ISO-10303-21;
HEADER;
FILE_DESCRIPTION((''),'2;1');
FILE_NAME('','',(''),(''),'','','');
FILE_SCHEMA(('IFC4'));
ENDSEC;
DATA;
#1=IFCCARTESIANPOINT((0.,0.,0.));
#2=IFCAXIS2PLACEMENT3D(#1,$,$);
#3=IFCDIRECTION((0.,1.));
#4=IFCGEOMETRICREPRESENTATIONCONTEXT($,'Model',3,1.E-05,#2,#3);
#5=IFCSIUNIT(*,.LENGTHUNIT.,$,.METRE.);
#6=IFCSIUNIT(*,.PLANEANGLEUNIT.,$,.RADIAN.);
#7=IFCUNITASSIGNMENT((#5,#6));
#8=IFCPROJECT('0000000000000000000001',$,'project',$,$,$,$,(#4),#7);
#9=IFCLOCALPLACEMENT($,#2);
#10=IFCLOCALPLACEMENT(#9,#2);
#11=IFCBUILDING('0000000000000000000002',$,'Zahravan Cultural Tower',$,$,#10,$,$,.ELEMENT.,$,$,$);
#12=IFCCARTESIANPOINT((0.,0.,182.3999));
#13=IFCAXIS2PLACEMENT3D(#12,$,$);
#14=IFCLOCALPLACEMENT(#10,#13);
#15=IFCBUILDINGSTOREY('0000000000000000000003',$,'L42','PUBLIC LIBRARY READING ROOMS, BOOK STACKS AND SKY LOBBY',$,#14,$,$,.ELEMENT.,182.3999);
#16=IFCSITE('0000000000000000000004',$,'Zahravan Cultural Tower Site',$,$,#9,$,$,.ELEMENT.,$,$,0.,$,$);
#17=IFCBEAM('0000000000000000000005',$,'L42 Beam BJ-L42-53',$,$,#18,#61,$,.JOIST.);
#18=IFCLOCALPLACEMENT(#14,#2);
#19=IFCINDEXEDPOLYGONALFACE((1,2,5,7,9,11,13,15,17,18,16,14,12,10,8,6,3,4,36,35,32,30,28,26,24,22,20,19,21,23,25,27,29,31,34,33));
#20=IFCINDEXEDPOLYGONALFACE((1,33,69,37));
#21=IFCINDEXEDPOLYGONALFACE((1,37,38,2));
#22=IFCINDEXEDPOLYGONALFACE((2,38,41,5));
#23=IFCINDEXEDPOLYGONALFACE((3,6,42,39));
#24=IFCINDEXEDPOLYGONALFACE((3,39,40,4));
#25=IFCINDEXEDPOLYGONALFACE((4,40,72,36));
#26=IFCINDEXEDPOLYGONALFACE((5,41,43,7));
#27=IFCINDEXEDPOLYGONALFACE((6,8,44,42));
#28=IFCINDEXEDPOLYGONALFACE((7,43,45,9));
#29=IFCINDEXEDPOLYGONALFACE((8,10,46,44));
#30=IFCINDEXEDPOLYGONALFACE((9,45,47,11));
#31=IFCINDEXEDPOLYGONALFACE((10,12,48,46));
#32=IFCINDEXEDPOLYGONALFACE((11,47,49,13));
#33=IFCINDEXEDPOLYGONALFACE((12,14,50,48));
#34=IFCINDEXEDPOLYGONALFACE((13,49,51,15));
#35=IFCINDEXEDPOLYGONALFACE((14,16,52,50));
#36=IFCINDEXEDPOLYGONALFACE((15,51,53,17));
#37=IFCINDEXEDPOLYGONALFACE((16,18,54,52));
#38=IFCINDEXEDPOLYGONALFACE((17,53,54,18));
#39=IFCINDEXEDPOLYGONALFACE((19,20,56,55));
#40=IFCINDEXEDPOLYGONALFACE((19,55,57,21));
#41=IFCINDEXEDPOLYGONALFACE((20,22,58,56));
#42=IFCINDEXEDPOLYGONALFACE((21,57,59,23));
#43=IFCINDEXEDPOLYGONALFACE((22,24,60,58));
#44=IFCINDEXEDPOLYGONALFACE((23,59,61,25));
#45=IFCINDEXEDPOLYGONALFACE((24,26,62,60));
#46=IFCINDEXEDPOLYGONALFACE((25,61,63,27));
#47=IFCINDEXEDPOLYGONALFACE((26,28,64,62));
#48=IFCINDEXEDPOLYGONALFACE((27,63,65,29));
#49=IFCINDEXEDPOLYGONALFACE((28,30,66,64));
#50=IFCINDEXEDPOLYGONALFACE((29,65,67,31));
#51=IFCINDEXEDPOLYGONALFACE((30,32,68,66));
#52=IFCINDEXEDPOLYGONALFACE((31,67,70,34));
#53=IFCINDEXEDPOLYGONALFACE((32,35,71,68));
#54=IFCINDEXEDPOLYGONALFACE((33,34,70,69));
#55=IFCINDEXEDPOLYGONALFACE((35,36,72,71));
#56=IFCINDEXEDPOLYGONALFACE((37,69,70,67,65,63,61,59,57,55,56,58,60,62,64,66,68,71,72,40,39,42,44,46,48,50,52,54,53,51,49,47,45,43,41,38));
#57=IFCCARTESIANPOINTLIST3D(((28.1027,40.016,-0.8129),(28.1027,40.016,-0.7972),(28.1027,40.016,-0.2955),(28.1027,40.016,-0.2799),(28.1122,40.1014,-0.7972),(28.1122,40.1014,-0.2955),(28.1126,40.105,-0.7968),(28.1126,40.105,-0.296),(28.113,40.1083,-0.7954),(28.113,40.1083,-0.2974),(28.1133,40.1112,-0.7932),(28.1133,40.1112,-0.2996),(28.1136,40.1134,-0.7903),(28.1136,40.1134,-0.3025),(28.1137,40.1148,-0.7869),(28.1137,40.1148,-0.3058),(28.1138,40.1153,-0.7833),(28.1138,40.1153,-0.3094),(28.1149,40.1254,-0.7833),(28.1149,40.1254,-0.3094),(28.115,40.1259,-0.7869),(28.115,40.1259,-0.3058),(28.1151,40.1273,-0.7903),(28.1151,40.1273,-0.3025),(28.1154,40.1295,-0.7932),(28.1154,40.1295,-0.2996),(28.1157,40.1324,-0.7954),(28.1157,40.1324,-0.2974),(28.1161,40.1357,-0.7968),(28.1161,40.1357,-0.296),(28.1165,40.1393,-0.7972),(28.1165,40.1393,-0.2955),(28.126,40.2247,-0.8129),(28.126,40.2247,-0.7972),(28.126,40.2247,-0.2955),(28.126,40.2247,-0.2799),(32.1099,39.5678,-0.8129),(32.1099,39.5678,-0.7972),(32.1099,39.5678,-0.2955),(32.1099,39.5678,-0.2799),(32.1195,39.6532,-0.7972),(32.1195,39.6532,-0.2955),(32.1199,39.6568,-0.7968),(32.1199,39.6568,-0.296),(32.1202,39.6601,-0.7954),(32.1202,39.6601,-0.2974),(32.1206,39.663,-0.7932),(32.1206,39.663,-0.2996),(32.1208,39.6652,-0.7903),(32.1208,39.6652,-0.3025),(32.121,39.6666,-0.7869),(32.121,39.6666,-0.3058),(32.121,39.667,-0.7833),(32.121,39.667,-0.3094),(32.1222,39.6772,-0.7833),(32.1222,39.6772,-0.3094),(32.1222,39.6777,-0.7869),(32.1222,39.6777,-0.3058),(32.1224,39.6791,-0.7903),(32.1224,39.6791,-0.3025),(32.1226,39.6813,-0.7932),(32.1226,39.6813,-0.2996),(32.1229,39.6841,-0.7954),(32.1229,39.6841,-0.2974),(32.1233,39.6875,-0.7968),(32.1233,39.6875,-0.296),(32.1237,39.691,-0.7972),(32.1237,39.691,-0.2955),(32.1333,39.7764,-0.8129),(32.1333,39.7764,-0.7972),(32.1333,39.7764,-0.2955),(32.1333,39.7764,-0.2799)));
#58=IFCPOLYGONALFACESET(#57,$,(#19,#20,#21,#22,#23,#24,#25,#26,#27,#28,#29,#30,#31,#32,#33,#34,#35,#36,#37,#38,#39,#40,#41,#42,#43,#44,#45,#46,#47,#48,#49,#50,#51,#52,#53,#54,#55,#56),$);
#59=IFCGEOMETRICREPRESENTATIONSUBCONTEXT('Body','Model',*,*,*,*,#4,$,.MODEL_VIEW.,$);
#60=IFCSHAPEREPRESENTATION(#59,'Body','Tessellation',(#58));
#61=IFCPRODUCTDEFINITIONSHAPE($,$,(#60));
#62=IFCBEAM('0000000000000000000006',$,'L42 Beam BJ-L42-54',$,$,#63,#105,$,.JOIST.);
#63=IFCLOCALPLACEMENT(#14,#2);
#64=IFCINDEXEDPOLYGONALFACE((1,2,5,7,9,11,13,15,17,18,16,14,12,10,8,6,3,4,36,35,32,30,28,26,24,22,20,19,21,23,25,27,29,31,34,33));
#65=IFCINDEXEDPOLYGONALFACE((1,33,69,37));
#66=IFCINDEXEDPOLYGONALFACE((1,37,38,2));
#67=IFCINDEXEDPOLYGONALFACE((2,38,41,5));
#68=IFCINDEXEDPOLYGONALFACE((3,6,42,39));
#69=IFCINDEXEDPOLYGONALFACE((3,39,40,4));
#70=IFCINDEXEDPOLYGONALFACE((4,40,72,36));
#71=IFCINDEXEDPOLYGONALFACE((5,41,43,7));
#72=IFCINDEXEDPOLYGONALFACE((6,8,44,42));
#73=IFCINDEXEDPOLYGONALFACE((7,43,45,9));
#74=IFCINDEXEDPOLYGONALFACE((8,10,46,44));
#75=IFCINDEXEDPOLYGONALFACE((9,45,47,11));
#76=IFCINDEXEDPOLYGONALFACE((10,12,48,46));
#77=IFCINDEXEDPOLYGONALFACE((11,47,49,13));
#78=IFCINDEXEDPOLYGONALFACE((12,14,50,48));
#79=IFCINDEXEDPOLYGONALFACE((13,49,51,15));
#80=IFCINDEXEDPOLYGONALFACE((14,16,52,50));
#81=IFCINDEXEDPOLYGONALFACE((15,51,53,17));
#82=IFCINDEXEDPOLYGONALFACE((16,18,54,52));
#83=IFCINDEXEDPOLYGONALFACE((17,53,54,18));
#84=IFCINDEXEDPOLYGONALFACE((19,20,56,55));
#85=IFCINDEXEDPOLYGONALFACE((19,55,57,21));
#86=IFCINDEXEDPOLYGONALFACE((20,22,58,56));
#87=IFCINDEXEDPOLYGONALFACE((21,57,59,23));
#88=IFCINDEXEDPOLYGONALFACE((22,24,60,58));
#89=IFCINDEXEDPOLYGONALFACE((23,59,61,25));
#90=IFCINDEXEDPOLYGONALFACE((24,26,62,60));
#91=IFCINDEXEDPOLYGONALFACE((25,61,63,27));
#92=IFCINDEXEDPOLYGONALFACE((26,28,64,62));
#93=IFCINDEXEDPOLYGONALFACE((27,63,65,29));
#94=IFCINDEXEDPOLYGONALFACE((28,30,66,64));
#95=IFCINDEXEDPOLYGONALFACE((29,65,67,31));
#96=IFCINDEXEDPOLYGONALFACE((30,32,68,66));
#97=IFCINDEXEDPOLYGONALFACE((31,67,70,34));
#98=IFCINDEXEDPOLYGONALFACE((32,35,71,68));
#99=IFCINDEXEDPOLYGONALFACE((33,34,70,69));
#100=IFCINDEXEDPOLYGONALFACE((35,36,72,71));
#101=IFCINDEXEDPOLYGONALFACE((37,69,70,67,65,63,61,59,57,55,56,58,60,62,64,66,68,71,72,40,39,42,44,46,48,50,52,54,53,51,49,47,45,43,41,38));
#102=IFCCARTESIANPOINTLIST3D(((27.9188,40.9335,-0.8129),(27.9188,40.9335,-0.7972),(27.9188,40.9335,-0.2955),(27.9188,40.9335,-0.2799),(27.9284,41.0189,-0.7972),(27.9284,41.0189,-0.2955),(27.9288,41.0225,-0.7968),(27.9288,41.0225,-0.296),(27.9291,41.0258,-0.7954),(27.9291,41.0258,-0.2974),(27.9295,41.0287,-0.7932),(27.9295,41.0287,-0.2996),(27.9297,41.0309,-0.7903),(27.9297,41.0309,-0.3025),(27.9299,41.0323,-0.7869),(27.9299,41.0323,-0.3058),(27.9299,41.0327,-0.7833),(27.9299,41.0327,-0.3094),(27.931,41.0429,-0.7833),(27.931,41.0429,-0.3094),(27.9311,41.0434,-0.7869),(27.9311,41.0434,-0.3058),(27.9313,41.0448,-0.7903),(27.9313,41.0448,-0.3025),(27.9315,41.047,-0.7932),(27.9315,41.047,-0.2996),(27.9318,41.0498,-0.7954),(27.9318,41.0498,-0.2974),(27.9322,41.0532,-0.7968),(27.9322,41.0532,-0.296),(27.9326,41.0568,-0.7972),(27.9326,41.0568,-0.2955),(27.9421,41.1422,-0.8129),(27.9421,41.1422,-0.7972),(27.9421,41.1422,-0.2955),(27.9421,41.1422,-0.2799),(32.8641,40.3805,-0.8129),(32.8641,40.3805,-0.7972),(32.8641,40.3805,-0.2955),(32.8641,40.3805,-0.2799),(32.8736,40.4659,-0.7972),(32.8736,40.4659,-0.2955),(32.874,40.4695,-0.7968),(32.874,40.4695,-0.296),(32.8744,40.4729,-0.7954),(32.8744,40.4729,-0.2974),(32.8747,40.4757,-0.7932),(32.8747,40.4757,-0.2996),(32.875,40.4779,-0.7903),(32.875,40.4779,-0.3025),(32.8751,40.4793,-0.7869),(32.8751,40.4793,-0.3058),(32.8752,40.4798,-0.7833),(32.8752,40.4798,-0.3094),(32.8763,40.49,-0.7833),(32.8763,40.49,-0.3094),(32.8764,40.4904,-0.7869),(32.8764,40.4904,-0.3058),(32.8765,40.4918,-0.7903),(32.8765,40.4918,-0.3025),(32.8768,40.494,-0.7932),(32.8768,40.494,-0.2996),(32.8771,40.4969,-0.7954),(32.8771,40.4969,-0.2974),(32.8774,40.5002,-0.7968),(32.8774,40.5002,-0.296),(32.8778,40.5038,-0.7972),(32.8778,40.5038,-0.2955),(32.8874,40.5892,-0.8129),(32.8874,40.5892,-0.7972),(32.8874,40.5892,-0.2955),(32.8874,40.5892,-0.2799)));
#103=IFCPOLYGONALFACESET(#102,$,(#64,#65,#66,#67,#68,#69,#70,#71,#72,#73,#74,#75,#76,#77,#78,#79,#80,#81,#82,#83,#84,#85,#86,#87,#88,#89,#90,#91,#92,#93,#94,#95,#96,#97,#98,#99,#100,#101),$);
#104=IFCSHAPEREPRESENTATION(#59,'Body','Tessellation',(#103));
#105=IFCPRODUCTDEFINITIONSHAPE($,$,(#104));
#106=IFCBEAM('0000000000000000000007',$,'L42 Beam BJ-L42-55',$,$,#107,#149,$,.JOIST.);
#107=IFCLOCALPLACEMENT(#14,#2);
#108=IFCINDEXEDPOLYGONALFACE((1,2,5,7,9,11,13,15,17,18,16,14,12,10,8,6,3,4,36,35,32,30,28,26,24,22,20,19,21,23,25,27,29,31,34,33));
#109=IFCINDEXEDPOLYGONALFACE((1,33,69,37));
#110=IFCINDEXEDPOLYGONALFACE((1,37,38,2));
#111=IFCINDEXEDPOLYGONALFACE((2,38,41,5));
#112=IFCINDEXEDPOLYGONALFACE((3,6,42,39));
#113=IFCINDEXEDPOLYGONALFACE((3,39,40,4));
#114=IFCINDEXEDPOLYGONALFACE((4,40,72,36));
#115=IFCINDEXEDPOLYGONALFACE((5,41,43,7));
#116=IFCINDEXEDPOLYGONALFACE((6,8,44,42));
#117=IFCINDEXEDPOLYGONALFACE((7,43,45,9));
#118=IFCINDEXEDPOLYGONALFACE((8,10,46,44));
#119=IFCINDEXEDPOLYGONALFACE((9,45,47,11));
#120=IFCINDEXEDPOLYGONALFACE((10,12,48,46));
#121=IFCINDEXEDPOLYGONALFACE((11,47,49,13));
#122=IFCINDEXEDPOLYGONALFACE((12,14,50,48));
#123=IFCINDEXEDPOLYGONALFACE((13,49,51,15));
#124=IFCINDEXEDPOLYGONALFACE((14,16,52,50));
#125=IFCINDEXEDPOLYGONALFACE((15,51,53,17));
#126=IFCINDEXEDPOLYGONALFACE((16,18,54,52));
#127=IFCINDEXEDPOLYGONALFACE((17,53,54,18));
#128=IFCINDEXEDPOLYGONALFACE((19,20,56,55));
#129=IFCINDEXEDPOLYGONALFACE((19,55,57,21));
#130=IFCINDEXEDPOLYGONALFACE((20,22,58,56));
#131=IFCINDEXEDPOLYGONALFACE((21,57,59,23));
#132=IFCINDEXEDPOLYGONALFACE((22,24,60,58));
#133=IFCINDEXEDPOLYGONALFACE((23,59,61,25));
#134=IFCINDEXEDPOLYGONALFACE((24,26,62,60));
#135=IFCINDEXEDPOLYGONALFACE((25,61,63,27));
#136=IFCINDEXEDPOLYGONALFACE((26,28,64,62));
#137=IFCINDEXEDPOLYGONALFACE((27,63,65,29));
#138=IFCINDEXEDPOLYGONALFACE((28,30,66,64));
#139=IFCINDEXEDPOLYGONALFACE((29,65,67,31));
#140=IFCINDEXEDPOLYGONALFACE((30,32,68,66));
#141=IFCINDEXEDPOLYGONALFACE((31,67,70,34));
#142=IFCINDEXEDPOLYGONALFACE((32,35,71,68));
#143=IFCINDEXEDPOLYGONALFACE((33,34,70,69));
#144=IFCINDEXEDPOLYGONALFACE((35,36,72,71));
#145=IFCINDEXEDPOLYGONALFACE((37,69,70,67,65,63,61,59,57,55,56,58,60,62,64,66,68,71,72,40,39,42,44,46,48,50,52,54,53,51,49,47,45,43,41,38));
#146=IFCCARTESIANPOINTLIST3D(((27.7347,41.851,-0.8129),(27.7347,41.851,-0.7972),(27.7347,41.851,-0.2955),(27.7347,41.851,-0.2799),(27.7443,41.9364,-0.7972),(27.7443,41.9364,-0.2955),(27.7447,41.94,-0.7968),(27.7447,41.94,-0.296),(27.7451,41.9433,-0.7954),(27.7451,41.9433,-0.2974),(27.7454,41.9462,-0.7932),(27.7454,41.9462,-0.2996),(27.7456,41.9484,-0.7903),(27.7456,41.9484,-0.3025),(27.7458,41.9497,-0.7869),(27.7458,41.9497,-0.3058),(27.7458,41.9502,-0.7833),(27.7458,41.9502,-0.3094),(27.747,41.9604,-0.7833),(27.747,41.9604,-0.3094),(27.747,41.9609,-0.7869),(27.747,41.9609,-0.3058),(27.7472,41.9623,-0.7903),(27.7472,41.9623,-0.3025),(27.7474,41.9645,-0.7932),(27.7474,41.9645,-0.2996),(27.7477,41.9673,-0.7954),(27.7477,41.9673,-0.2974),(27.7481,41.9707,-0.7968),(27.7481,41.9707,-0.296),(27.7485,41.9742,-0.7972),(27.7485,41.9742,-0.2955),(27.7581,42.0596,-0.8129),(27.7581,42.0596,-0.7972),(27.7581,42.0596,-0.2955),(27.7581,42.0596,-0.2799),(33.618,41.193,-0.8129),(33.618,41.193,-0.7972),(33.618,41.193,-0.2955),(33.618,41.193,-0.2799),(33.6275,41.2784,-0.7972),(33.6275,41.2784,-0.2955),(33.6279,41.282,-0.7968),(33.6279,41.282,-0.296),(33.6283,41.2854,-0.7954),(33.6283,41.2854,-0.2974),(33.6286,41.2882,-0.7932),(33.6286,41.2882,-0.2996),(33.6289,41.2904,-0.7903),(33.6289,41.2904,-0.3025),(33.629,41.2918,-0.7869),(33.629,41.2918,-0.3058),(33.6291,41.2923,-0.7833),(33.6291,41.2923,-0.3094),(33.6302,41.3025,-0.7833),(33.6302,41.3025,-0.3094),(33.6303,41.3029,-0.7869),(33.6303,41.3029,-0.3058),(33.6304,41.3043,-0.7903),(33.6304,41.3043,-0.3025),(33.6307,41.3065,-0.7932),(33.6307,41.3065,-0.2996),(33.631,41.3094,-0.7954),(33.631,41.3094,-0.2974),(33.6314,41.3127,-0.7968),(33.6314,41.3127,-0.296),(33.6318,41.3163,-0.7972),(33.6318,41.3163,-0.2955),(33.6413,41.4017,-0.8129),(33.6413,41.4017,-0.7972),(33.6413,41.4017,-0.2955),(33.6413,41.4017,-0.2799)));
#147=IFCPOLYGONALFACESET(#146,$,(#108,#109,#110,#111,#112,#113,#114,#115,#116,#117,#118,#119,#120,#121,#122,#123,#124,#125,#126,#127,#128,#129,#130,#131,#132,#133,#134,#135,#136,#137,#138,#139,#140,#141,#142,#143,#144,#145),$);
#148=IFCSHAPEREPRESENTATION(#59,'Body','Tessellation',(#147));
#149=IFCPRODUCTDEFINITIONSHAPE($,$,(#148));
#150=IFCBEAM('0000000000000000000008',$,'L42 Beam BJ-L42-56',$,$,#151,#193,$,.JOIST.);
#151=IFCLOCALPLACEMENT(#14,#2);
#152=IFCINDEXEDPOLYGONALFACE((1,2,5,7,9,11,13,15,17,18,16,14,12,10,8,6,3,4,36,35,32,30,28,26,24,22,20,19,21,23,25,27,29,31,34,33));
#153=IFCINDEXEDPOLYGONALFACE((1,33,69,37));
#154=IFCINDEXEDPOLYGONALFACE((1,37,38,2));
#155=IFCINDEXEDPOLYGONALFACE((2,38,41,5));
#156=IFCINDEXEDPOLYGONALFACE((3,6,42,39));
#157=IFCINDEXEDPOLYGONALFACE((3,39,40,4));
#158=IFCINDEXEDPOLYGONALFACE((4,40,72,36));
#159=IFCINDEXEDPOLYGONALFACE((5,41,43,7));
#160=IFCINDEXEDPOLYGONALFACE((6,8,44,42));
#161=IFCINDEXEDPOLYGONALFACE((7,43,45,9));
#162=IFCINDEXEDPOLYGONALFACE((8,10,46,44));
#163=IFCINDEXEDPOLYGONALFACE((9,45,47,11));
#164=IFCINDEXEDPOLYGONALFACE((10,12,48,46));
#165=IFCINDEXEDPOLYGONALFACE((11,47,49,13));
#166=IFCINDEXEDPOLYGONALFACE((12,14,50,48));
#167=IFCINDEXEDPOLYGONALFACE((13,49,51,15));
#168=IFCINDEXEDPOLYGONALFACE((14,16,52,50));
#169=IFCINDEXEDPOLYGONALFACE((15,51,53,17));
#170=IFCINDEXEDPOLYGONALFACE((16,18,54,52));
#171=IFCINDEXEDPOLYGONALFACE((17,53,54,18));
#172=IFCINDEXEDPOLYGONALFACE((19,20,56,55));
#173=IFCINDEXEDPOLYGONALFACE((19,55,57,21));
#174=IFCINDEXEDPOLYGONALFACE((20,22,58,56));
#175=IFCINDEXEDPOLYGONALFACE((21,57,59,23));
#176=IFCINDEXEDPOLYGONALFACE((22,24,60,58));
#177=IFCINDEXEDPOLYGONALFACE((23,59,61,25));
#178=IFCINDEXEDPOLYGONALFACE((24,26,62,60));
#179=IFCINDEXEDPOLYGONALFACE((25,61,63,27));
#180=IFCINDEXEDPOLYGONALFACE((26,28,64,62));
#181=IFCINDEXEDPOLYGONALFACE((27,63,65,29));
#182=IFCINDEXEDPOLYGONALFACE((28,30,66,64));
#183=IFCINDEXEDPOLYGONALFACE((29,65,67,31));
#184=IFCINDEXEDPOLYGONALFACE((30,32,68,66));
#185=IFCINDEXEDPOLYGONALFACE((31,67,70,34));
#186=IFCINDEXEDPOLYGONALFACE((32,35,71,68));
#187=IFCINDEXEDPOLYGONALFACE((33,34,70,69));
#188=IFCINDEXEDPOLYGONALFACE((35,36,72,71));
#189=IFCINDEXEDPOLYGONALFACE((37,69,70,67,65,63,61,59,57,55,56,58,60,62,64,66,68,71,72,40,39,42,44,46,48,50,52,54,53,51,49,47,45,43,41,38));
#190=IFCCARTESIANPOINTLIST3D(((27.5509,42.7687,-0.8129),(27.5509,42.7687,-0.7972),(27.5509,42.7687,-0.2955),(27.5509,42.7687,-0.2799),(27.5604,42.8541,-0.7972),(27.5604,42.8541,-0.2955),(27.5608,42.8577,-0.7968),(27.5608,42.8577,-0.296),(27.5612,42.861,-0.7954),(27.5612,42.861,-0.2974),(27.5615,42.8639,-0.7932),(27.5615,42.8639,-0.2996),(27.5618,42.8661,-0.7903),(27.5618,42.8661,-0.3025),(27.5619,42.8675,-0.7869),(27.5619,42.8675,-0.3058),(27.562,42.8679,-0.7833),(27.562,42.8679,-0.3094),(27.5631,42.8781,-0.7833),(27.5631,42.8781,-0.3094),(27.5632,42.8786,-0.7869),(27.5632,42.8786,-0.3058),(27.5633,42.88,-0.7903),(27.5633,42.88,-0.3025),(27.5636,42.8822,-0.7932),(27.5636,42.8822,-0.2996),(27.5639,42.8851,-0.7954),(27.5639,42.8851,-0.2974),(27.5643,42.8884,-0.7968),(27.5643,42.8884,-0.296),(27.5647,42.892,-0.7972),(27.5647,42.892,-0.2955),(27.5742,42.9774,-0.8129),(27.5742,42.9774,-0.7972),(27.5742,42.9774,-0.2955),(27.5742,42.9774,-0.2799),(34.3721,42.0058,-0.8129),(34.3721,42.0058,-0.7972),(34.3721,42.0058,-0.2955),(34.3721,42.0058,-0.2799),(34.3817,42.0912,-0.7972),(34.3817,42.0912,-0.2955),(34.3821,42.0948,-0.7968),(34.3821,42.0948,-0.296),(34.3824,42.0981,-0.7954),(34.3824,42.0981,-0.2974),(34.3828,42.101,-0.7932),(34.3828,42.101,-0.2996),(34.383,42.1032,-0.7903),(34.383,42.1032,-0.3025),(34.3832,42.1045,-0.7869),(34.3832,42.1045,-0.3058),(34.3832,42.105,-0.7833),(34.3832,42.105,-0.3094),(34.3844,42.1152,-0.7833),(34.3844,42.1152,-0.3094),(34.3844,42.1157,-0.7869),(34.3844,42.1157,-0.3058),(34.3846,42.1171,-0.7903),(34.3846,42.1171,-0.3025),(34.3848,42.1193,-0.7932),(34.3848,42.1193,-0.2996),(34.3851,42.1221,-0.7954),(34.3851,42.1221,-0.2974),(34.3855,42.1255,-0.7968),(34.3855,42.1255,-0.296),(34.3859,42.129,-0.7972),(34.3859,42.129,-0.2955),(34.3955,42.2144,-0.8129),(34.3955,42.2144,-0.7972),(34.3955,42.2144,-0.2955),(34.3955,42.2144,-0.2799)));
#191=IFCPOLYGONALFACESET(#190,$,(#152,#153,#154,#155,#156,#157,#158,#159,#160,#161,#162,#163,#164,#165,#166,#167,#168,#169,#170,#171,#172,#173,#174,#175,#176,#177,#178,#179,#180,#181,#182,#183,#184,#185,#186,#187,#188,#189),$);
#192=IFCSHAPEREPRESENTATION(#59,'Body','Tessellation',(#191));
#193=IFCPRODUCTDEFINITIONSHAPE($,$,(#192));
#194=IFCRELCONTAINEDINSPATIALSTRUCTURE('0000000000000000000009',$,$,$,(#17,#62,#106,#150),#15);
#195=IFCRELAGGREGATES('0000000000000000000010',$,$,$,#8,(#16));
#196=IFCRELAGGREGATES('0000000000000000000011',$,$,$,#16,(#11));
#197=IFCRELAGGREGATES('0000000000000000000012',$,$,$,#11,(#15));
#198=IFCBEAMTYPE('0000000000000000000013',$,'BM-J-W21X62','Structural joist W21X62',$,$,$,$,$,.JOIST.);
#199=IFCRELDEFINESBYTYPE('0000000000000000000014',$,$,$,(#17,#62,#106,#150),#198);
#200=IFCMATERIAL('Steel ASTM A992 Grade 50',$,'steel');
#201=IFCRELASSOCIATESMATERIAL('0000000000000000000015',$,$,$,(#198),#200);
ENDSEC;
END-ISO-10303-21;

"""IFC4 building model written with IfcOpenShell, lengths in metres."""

from ifc_helpers import new_model, si_unit, direction, frame, origin, origin_2d, place, context, subcontext, project, spatial, i_section, extrude, source, transform, mapped, material, material_profile, profile_set, type_object, element, save


model = new_model("IFC4")

# Units and contexts
model_context = context("Model", 3, precision=1e-05, world=origin(), true_north=direction((0.0, 1.0)))
body_context = subcontext(model_context, "Body", "Model", "MODEL_VIEW")
ifc_project = project(units=[si_unit("LENGTHUNIT", "METRE"), si_unit("PLANEANGLEUNIT", "RADIAN")], contexts=[model_context])

# Site, building, storey
site_placement = place(None, origin())
site = spatial("IfcSite", under=ifc_project, at=site_placement, Name="Zahravan Cultural Tower Site", CompositionType="ELEMENT", RefElevation=0.0)
building_placement = place(site_placement, origin())
building = spatial("IfcBuilding", under=site, at=building_placement, Name="Zahravan Cultural Tower", CompositionType="ELEMENT")
storey_placement = place(building_placement, frame((0.0, 0.0, 182.3999)))
storey = spatial("IfcBuildingStorey", under=building, at=storey_placement, Name="L42", Description="PUBLIC LIBRARY READING ROOMS, BOOK STACKS AND SKY LOBBY", CompositionType="ELEMENT", Elevation=182.3999)

# Shared definitions
ifc_material_1 = material(Name="Steel ASTM A992 Grade 50", Category="steel")

# Beams
ifc_material_profile_1 = material_profile(ifc_material_1, i_section(OverallWidth=0.21, OverallDepth=0.533, WebThickness=0.0103, FlangeThickness=0.0156, FilletRadius=0.0139, at=origin_2d()), Name="W21X62")
ifc_profile_set_1 = profile_set([ifc_material_profile_1], Name="Steel ASTM A992 Grade 50")
beam_type_1 = type_object("IfcBeamType", Name="BM-J-W21X62", Description="Structural joist W21X62", PredefinedType="JOIST", material=ifc_profile_set_1)
shared_shape_1 = source(origin(), body_context, "Body", "SweptSolid", [
    extrude(i_section(OverallWidth=0.21, OverallDepth=0.533, WebThickness=0.0103, FlangeThickness=0.0156, FilletRadius=0.0139, at=origin_2d()), origin(), (0.0, 0.0, 1.0), 4.0322),
])
beam_1_placement = place(storey_placement, frame((32.1216, 39.6721, -0.5464), z_axis=(-0.993802, 0.111162, 0.0), x_axis=(-0.111162, -0.993802, 0.0)))
element("IfcBeam", 1, at=beam_1_placement, inside=storey, type_object=beam_type_1, Name="L42 Beam BJ-L42-53", PredefinedType="JOIST", context=body_context, shape_type="MappedRepresentation", body=[
    mapped(shared_shape_1, transform((0.0, 0.0, 0.0), x_axis=(1.0, 0.0, 0.0), y_axis=(0.0, 1.0, 0.0), z_axis=(0.0, 0.0, 1.0), scale=1.0)),
])
shared_shape_2 = source(origin(), body_context, "Body", "SweptSolid", [
    extrude(i_section(OverallWidth=0.21, OverallDepth=0.533, WebThickness=0.0103, FlangeThickness=0.0156, FilletRadius=0.0139, at=origin_2d()), origin(), (0.0, 0.0, 1.0), 4.9761),
])
beam_2_placement = place(storey_placement, frame((32.8757, 40.4849, -0.5464), z_axis=(-0.993806, 0.111126, 0.0), x_axis=(-0.111126, -0.993806, 0.0)))
element("IfcBeam", 2, at=beam_2_placement, inside=storey, type_object=beam_type_1, Name="L42 Beam BJ-L42-54", PredefinedType="JOIST", context=body_context, shape_type="MappedRepresentation", body=[
    mapped(shared_shape_2, transform((0.0, 0.0, 0.0), x_axis=(1.0, 0.0, 0.0), y_axis=(0.0, 1.0, 0.0), z_axis=(0.0, 0.0, 1.0), scale=1.0)),
])
shared_shape_3 = source(origin(), body_context, "Body", "SweptSolid", [
    extrude(i_section(OverallWidth=0.21, OverallDepth=0.533, WebThickness=0.0103, FlangeThickness=0.0156, FilletRadius=0.0139, at=origin_2d()), origin(), (0.0, 0.0, 1.0), 5.9199),
])
beam_3_placement = place(storey_placement, frame((33.6296, 41.2974, -0.5464), z_axis=(-0.993805, 0.111142, 0.0), x_axis=(-0.111142, -0.993805, 0.0)))
element("IfcBeam", 3, at=beam_3_placement, inside=storey, type_object=beam_type_1, Name="L42 Beam BJ-L42-55", PredefinedType="JOIST", context=body_context, shape_type="MappedRepresentation", body=[
    mapped(shared_shape_3, transform((0.0, 0.0, 0.0), x_axis=(1.0, 0.0, 0.0), y_axis=(0.0, 1.0, 0.0), z_axis=(0.0, 0.0, 1.0), scale=1.0)),
])
shared_shape_4 = source(origin(), body_context, "Body", "SweptSolid", [
    extrude(i_section(OverallWidth=0.21, OverallDepth=0.533, WebThickness=0.0103, FlangeThickness=0.0156, FilletRadius=0.0139, at=origin_2d()), origin(), (0.0, 0.0, 1.0), 6.8638),
])
beam_4_placement = place(storey_placement, frame((34.3838, 42.1101, -0.5464), z_axis=(-0.993803, 0.111154, 0.0), x_axis=(-0.111154, -0.993803, 0.0)))
element("IfcBeam", 4, at=beam_4_placement, inside=storey, type_object=beam_type_1, Name="L42 Beam BJ-L42-56", PredefinedType="JOIST", context=body_context, shape_type="MappedRepresentation", body=[
    mapped(shared_shape_4, transform((0.0, 0.0, 0.0), x_axis=(1.0, 0.0, 0.0), y_axis=(0.0, 1.0, 0.0), z_axis=(0.0, 0.0, 1.0), scale=1.0)),
])

save(model, "model.ifc")
